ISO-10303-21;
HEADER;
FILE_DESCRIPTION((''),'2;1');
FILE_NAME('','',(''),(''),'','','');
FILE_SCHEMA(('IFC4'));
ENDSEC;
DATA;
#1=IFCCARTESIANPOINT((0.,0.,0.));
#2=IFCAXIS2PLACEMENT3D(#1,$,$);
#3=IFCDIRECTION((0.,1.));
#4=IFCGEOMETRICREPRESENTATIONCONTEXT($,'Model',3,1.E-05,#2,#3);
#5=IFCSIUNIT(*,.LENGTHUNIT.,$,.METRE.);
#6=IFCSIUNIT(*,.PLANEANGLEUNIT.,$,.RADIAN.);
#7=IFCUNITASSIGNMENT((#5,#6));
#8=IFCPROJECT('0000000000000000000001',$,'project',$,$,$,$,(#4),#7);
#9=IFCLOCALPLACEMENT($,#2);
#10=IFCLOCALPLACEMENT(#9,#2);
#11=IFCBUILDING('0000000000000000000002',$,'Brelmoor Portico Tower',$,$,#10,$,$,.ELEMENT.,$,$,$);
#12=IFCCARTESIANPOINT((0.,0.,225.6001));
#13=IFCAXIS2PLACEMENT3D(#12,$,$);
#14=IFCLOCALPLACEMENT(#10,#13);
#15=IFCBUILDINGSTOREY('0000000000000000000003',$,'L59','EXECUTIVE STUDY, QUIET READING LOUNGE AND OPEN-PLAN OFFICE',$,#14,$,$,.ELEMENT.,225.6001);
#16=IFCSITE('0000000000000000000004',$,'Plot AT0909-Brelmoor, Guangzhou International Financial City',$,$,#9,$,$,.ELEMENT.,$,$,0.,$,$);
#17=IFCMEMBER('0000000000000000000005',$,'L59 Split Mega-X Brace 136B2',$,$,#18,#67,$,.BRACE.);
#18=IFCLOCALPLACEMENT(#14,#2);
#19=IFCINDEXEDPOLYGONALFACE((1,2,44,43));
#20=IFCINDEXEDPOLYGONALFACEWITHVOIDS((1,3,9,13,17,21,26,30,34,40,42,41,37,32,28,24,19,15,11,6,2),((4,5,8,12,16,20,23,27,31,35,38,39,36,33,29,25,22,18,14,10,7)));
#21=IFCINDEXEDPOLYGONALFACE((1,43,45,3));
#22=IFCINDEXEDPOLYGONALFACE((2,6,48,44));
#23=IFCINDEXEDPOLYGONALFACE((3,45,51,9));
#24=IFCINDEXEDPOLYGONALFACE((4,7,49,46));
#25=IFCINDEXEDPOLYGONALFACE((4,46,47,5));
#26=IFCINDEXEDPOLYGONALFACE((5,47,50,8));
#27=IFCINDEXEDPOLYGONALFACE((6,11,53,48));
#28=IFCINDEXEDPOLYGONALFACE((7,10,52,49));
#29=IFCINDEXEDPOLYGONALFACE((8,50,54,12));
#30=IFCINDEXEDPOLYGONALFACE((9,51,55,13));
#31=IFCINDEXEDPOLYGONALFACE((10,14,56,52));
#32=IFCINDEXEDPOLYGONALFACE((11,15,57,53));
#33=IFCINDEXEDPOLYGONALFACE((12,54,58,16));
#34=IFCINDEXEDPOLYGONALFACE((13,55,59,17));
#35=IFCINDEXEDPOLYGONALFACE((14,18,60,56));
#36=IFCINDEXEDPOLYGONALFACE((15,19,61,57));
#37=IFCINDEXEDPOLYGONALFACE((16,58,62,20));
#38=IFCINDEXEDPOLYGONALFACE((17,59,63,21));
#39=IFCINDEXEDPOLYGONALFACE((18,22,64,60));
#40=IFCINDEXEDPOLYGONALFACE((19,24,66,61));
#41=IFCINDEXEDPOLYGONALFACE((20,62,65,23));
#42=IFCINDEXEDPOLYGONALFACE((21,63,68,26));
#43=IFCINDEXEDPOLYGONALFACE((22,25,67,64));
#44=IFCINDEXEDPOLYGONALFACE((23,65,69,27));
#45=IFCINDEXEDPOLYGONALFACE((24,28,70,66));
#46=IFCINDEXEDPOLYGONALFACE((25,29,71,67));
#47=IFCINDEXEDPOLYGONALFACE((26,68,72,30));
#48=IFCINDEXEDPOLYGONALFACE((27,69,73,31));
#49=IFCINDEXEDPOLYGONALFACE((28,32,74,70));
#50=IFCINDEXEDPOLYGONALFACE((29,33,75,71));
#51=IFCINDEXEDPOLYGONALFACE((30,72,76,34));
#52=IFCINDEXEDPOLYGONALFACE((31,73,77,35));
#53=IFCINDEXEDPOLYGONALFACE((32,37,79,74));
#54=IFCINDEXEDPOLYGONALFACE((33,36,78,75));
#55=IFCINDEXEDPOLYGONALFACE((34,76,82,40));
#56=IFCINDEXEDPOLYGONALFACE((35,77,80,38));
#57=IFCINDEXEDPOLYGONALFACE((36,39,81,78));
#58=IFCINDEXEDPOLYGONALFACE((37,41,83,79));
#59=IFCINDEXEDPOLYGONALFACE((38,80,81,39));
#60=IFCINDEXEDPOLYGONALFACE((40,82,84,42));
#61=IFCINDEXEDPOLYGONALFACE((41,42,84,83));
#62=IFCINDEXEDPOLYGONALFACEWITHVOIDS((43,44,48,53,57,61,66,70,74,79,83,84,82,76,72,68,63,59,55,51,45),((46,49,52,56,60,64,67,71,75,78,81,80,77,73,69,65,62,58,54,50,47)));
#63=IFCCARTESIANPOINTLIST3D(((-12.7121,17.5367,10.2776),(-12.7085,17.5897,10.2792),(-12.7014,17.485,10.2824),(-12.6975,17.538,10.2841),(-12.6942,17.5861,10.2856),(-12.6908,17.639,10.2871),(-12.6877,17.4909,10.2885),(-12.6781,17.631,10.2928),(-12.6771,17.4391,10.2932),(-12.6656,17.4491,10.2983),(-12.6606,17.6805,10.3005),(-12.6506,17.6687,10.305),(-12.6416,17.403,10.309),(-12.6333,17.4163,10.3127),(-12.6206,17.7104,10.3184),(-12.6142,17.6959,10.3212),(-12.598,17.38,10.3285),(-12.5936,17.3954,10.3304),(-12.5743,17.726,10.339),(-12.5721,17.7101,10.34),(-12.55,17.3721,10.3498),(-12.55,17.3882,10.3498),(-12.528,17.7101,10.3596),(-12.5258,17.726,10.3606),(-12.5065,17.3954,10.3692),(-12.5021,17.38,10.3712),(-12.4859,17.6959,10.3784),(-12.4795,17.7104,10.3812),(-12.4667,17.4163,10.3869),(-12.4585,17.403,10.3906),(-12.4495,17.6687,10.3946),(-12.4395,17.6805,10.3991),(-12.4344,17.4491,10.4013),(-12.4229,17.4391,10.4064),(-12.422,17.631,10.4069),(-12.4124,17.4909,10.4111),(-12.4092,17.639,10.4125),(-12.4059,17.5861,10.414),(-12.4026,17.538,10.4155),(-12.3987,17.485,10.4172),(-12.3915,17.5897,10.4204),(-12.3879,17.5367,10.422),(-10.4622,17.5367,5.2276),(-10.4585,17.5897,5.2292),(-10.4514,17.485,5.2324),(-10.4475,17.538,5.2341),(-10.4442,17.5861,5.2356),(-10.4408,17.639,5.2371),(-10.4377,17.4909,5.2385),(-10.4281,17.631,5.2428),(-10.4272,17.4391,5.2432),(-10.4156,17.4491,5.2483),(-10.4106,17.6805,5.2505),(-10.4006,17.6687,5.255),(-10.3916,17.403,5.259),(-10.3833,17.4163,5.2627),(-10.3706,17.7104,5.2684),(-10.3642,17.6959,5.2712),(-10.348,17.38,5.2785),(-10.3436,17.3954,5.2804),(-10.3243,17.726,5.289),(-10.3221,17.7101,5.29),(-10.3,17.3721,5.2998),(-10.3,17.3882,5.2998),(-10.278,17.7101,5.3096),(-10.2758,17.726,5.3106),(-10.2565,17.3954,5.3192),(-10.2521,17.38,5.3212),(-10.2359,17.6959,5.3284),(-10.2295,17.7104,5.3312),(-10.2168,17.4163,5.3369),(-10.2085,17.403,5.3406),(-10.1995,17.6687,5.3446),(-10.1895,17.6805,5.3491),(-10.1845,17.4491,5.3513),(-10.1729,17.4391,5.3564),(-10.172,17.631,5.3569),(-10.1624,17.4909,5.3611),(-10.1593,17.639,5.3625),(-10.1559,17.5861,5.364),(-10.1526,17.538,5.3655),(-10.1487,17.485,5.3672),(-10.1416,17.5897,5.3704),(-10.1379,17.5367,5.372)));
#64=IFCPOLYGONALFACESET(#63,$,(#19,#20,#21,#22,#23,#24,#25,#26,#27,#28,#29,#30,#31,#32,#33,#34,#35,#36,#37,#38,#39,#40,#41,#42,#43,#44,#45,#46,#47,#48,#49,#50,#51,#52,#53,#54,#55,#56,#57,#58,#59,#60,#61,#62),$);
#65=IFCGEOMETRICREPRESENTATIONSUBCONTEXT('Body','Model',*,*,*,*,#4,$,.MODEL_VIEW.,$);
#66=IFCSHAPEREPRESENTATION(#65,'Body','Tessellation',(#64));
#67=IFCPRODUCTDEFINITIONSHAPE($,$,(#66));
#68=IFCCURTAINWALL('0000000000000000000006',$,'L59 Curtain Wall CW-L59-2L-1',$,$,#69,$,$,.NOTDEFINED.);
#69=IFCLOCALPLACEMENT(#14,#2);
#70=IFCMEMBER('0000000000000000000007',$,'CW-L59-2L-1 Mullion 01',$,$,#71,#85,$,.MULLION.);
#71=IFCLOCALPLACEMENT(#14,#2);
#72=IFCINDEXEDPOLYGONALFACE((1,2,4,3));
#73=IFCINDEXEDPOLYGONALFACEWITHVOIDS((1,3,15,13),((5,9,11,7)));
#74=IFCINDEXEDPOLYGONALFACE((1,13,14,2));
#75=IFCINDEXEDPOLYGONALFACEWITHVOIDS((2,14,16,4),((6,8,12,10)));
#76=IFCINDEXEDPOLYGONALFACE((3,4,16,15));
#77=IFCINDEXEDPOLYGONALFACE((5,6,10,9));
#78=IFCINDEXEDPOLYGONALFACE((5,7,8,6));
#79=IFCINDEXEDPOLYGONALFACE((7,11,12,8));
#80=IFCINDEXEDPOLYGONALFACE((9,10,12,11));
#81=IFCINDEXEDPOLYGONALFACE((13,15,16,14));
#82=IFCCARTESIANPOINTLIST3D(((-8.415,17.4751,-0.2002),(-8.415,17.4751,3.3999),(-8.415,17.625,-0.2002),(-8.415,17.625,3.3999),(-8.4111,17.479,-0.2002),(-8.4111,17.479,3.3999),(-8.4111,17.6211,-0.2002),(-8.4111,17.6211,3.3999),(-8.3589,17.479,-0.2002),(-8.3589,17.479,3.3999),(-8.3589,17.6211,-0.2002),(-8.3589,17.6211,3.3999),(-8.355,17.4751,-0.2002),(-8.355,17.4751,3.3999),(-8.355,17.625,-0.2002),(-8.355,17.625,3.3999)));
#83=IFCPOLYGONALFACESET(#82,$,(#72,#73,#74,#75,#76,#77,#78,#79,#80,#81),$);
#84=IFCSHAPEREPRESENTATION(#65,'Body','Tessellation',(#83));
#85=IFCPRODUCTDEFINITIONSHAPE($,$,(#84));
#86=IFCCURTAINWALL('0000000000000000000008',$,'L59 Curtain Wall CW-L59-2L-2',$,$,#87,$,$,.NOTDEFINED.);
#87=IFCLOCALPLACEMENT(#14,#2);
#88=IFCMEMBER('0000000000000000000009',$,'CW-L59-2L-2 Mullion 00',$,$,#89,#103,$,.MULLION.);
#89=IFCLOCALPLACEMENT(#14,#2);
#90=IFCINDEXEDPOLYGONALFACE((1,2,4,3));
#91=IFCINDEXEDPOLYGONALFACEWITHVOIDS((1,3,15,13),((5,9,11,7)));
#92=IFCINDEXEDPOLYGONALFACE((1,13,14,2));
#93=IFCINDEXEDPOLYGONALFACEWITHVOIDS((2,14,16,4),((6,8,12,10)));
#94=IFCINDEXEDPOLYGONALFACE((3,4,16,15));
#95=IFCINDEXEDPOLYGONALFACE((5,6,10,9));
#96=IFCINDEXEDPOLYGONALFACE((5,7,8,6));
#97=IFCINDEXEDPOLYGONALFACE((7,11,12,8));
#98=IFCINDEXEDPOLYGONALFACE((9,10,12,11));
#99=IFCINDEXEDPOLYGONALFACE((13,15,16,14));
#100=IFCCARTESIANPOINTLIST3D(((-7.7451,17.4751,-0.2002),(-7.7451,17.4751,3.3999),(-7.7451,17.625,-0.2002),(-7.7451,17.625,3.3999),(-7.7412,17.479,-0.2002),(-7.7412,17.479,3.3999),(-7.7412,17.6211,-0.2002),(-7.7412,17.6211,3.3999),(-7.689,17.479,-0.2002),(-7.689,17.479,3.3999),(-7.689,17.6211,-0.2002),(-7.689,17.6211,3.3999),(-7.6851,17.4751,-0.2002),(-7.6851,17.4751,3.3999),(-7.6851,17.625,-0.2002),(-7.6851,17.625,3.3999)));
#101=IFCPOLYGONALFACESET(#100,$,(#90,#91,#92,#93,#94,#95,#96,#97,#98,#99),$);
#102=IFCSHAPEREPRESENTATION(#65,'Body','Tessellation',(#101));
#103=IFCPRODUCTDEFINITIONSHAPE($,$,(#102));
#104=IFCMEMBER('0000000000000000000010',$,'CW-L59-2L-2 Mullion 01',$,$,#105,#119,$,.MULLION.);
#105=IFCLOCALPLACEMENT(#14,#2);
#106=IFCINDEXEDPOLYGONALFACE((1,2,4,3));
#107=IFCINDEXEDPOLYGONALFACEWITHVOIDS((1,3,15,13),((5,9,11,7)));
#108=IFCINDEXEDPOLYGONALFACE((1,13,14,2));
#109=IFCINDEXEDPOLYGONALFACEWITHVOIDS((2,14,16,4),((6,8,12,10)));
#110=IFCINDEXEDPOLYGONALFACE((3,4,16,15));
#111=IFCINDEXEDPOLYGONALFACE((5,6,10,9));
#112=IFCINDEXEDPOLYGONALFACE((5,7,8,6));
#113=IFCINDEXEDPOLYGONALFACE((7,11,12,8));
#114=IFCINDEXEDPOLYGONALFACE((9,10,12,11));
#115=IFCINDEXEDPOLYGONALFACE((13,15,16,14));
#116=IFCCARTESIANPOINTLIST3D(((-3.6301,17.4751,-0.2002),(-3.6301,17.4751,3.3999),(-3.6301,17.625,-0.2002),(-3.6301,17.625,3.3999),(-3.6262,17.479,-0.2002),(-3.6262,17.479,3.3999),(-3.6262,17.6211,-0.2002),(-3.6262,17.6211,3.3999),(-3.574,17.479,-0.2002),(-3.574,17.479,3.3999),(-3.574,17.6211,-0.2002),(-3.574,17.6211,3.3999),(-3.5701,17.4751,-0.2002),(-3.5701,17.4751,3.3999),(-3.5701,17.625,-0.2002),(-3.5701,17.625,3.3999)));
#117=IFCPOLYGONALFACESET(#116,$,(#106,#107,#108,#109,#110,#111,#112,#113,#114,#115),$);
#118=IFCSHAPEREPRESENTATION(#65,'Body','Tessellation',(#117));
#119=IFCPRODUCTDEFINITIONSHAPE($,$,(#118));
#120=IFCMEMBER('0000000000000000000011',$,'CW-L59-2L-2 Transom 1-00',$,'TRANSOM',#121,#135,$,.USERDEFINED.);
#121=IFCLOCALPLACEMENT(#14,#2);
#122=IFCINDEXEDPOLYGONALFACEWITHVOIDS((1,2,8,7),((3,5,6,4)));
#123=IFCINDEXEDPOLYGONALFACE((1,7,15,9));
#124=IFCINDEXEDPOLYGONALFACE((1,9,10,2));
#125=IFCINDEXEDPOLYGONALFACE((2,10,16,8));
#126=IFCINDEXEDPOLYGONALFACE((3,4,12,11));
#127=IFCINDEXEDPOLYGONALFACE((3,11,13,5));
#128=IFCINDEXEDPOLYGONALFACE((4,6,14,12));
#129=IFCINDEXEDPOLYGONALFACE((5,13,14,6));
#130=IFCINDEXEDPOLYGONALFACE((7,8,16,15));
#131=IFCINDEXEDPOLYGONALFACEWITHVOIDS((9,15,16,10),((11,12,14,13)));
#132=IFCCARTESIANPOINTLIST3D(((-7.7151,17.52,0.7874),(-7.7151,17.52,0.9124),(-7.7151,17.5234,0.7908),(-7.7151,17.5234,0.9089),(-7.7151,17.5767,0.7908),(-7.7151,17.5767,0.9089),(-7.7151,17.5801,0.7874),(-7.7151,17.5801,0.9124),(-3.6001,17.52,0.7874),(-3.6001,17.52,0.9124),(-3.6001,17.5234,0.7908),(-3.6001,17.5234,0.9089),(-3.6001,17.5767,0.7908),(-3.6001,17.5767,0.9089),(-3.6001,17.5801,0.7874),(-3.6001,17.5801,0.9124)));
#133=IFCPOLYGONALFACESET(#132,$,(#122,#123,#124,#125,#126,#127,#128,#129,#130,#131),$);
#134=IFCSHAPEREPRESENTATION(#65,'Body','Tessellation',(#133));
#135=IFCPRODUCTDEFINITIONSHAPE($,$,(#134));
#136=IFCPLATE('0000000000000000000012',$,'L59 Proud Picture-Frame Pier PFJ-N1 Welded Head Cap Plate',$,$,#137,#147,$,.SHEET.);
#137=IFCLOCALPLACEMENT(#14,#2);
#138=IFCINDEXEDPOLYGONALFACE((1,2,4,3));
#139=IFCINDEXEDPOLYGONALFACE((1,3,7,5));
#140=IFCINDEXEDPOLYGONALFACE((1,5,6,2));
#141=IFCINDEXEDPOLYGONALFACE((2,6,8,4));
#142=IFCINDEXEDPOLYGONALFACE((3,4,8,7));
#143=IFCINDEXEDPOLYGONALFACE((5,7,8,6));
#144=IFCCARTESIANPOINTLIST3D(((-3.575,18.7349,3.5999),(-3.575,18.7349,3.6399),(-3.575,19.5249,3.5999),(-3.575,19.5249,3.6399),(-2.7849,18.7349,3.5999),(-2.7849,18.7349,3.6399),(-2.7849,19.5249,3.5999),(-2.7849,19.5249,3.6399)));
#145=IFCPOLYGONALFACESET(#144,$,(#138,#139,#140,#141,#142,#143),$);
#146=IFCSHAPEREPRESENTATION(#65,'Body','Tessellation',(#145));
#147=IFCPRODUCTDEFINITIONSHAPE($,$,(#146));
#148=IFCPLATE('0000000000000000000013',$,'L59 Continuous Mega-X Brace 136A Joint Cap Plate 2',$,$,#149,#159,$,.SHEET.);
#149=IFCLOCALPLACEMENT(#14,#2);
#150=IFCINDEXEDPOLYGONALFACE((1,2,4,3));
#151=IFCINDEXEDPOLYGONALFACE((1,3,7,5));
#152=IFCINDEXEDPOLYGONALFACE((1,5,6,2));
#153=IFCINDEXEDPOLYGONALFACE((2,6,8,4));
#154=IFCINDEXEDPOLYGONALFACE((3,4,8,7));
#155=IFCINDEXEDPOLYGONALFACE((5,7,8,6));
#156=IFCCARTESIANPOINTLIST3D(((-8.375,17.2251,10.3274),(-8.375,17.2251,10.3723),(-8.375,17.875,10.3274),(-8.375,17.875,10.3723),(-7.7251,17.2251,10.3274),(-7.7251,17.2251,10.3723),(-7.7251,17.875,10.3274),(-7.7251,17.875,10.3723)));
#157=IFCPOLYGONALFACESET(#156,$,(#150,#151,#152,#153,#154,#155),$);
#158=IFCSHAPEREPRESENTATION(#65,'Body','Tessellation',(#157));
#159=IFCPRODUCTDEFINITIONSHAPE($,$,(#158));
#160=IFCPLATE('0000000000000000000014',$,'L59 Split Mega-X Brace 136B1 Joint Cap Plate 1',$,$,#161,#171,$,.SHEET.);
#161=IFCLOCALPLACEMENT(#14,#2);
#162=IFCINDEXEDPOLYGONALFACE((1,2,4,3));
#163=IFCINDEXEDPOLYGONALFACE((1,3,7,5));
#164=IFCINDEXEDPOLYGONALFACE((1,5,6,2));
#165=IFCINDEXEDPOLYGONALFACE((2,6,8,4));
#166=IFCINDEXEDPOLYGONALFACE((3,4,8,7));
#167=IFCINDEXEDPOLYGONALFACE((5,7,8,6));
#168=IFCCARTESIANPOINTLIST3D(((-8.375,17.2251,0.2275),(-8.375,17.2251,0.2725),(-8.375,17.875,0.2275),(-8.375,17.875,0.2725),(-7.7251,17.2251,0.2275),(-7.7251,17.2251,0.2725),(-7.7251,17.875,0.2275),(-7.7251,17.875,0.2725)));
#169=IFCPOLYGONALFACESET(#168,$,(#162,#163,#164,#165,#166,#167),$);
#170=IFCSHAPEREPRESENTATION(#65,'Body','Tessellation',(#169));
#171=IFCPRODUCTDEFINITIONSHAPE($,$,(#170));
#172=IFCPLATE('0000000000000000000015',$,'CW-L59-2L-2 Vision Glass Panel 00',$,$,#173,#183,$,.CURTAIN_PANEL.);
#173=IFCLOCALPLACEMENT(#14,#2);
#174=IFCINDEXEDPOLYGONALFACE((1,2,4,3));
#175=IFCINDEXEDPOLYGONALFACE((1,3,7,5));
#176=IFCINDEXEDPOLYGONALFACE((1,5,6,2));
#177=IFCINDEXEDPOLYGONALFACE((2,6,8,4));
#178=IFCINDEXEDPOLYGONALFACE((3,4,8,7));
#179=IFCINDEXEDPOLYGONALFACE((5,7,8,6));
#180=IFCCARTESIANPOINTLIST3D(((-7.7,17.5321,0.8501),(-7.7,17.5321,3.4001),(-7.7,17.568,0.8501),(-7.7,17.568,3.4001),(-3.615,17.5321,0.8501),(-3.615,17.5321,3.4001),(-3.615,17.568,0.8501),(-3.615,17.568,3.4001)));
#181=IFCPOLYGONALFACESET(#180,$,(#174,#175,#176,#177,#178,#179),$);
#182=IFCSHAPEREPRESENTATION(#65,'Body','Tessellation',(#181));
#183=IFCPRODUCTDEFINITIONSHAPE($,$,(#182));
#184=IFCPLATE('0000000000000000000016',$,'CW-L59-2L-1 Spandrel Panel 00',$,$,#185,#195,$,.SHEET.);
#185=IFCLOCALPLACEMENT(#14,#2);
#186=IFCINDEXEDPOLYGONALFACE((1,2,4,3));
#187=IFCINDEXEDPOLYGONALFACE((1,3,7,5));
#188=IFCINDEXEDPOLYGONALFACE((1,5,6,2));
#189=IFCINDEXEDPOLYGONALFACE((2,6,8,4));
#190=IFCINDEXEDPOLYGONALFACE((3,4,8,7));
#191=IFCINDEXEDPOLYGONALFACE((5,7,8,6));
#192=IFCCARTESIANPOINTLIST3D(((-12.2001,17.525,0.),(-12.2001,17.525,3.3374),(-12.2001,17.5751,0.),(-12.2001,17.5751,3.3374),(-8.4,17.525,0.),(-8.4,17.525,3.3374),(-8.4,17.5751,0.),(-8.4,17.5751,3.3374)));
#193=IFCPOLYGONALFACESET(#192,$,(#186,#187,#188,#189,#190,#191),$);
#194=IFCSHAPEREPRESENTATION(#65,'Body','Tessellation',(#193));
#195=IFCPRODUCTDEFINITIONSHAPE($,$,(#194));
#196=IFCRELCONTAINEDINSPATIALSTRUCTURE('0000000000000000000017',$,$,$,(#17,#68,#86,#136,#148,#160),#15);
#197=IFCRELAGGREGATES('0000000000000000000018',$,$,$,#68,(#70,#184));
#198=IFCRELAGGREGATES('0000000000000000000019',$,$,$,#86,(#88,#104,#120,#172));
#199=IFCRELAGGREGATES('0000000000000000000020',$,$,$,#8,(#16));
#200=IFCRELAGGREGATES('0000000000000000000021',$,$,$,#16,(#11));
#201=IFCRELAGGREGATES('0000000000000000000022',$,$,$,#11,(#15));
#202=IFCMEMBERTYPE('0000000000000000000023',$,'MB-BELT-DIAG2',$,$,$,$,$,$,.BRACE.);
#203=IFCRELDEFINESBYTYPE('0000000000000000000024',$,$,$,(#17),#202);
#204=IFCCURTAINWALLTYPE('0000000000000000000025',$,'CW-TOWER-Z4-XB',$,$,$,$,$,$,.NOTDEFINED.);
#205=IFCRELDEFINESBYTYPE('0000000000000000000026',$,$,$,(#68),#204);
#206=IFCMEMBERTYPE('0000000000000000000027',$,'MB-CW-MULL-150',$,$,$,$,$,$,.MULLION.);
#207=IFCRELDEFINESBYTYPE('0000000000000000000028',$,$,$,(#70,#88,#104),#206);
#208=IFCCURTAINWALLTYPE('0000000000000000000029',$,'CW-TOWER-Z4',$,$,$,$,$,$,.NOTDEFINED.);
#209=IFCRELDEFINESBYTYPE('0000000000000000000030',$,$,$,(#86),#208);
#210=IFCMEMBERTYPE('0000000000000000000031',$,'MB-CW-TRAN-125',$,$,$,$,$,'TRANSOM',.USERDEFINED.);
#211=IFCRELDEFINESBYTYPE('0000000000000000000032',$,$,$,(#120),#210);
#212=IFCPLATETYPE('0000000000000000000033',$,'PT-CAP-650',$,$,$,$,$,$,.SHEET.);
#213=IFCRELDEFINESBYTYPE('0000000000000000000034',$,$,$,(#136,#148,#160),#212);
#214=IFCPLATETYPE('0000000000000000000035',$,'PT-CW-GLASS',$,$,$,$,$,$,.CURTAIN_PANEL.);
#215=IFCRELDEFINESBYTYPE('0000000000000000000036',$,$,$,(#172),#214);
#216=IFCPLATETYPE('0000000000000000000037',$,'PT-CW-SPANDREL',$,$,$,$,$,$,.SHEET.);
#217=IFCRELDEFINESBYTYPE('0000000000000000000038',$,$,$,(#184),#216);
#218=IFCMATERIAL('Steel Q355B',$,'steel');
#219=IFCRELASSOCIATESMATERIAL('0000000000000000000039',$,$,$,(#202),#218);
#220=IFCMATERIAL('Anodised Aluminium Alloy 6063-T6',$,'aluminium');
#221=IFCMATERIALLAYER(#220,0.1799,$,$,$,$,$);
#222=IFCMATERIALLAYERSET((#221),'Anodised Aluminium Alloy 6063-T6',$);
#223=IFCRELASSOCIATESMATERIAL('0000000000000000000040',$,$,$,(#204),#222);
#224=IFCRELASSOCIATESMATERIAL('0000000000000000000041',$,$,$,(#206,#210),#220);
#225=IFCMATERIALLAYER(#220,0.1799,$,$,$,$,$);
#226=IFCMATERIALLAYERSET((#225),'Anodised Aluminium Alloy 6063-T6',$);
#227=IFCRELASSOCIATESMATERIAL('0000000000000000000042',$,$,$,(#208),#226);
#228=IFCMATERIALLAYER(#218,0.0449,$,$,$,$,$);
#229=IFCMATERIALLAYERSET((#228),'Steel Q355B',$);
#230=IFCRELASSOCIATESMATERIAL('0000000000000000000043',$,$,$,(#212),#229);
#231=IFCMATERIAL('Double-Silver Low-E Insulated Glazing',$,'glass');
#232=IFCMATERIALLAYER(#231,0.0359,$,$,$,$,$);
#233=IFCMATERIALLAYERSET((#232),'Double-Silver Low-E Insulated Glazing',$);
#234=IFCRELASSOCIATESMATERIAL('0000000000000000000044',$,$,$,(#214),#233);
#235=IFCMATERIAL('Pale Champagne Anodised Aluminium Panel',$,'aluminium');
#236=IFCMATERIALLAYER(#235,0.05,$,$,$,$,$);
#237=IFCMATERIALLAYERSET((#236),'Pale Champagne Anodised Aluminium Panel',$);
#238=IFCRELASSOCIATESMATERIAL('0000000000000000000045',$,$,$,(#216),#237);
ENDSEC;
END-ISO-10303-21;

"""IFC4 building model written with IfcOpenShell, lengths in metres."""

from ifc_helpers import new_model, si_unit, direction, frame, origin, origin_2d, place, context, subcontext, project, spatial, rectangle, hollow_rectangle, hollow_circle, extrude, material, layer, layer_set, material_profile, profile_set, type_object, element, aggregate, save


model = new_model("IFC4")

# Units and contexts
model_context = context("Model", 3, precision=1e-05, world=origin(), true_north=direction((0.0, 1.0)))
body_context = subcontext(model_context, "Body", "Model", "MODEL_VIEW")
ifc_project = project(units=[si_unit("LENGTHUNIT", "METRE"), si_unit("PLANEANGLEUNIT", "RADIAN")], contexts=[model_context])

# Site, building, storey
site_placement = place(None, origin())
site = spatial("IfcSite", under=ifc_project, at=site_placement, Name="Plot AT0909-Brelmoor, Guangzhou International Financial City", CompositionType="ELEMENT", RefElevation=0.0)
building_placement = place(site_placement, origin())
building = spatial("IfcBuilding", under=site, at=building_placement, Name="Brelmoor Portico Tower", CompositionType="ELEMENT")
storey_placement = place(building_placement, frame((0.0, 0.0, 225.6001)))
storey = spatial("IfcBuildingStorey", under=building, at=storey_placement, Name="L59", Description="EXECUTIVE STUDY, QUIET READING LOUNGE AND OPEN-PLAN OFFICE", CompositionType="ELEMENT", Elevation=225.6001)

# Shared definitions
ifc_material_1 = material(Name="Steel Q355B", Category="steel")

# Member
ifc_material_profile_1 = material_profile(ifc_material_1, hollow_circle(Radius=0.178, WallThickness=0.0161, at=origin_2d()), Name="CHS 356x16")
ifc_profile_set_1 = profile_set([ifc_material_profile_1], Name="Steel Q355B")
member_type_1 = type_object("IfcMemberType", Name="MB-BELT-DIAG2", PredefinedType="BRACE", material=ifc_profile_set_1)
member_1_placement = place(storey_placement, frame((-10.3, 17.55, 5.2998), z_axis=(-0.406974, 0.0, 0.91344), x_axis=(0.0, -1.0, 0.0)))
element("IfcMember", 1, at=member_1_placement, inside=storey, type_object=member_type_1, Name="L59 Split Mega-X Brace 136B2", PredefinedType="BRACE", context=body_context, shape_type="SweptSolid", body=[
    extrude(hollow_circle(Radius=0.178, WallThickness=0.0161, at=origin_2d()), origin(), (0.0, 0.0, 1.0), 5.5286),
])

# Curtain wall, member
ifc_material_2 = material(Name="Anodised Aluminium Alloy 6063-T6", Category="aluminium")
ifc_layer_1 = layer(ifc_material_2, 0.1799)
ifc_layer_set_1 = layer_set([ifc_layer_1], Name="Anodised Aluminium Alloy 6063-T6")
curtain_wall_type_1 = type_object("IfcCurtainWallType", Name="CW-TOWER-Z4-XB", PredefinedType="NOTDEFINED", material=ifc_layer_set_1)
curtain_wall_1_placement = place(storey_placement, origin())
curtain_wall_1 = element("IfcCurtainWall", 2, at=curtain_wall_1_placement, inside=storey, type_object=curtain_wall_type_1, Name="L59 Curtain Wall CW-L59-2L-1", PredefinedType="NOTDEFINED")
ifc_material_profile_2 = material_profile(ifc_material_2, hollow_rectangle(XDim=0.0601, YDim=0.1499, WallThickness=0.0039, at=origin_2d()), Name="ALU MULLION 60x150")
ifc_profile_set_2 = profile_set([ifc_material_profile_2], Name="Anodised Aluminium Alloy 6063-T6")
member_type_2 = type_object("IfcMemberType", Name="MB-CW-MULL-150", PredefinedType="MULLION", material=ifc_profile_set_2)
member_2_placement = place(storey_placement, frame((-8.385, 17.55, -0.2002), z_axis=(0.0, 0.0, 1.0), x_axis=(1.0, 0.0, 0.0)))
member_2 = element("IfcMember", 3, at=member_2_placement, type_object=member_type_2, Name="CW-L59-2L-1 Mullion 01", PredefinedType="MULLION", context=body_context, shape_type="SweptSolid", body=[
    extrude(hollow_rectangle(XDim=0.0601, YDim=0.1499, WallThickness=0.0039, at=origin_2d()), origin(), (0.0, 0.0, 1.0), 3.6001),
])

# Curtain wall, members
ifc_layer_2 = layer(ifc_material_2, 0.1799)
ifc_layer_set_2 = layer_set([ifc_layer_2], Name="Anodised Aluminium Alloy 6063-T6")
curtain_wall_type_2 = type_object("IfcCurtainWallType", Name="CW-TOWER-Z4", PredefinedType="NOTDEFINED", material=ifc_layer_set_2)
curtain_wall_2_placement = place(storey_placement, origin())
curtain_wall_2 = element("IfcCurtainWall", 4, at=curtain_wall_2_placement, inside=storey, type_object=curtain_wall_type_2, Name="L59 Curtain Wall CW-L59-2L-2", PredefinedType="NOTDEFINED")
member_3_placement = place(storey_placement, frame((-7.7151, 17.55, -0.2002), z_axis=(0.0, 0.0, 1.0), x_axis=(1.0, 0.0, 0.0)))
member_3 = element("IfcMember", 5, at=member_3_placement, type_object=member_type_2, Name="CW-L59-2L-2 Mullion 00", PredefinedType="MULLION", context=body_context, shape_type="SweptSolid", body=[
    extrude(hollow_rectangle(XDim=0.0601, YDim=0.1499, WallThickness=0.0039, at=origin_2d()), origin(), (0.0, 0.0, 1.0), 3.6001),
])
member_4_placement = place(storey_placement, frame((-3.6001, 17.55, -0.2002), z_axis=(0.0, 0.0, 1.0), x_axis=(1.0, 0.0, 0.0)))
member_4 = element("IfcMember", 6, at=member_4_placement, type_object=member_type_2, Name="CW-L59-2L-2 Mullion 01", PredefinedType="MULLION", context=body_context, shape_type="SweptSolid", body=[
    extrude(hollow_rectangle(XDim=0.0601, YDim=0.1499, WallThickness=0.0039, at=origin_2d()), origin(), (0.0, 0.0, 1.0), 3.6001),
])
ifc_material_profile_3 = material_profile(ifc_material_2, hollow_rectangle(XDim=0.0601, YDim=0.125, WallThickness=0.0034, at=origin_2d()), Name="ALU TRANSOM 60x125")
ifc_profile_set_3 = profile_set([ifc_material_profile_3], Name="Anodised Aluminium Alloy 6063-T6")
member_type_3 = type_object("IfcMemberType", Name="MB-CW-TRAN-125", ElementType="TRANSOM", PredefinedType="USERDEFINED", material=ifc_profile_set_3)
member_5_placement = place(storey_placement, frame((-7.7151, 17.55, 0.8499), z_axis=(1.0, 0.0, 0.0), x_axis=(0.0, 1.0, 0.0)))
member_5 = element("IfcMember", 7, at=member_5_placement, type_object=member_type_3, Name="CW-L59-2L-2 Transom 1-00", ObjectType="TRANSOM", PredefinedType="USERDEFINED", context=body_context, shape_type="SweptSolid", body=[
    extrude(hollow_rectangle(XDim=0.0601, YDim=0.125, WallThickness=0.0034, at=origin_2d()), origin(), (0.0, 0.0, 1.0), 4.115),
])

# Plates
ifc_layer_3 = layer(ifc_material_1, 0.0449)
ifc_layer_set_3 = layer_set([ifc_layer_3], Name="Steel Q355B")
plate_type_1 = type_object("IfcPlateType", Name="PT-CAP-650", PredefinedType="SHEET", material=ifc_layer_set_3)
plate_1_placement = place(storey_placement, frame((-3.1799, 19.1299, 3.5999), z_axis=(0.0, 0.0, 1.0), x_axis=(1.0, 0.0, 0.0)))
element("IfcPlate", 8, at=plate_1_placement, inside=storey, type_object=plate_type_1, Name="L59 Proud Picture-Frame Pier PFJ-N1 Welded Head Cap Plate", PredefinedType="SHEET", context=body_context, shape_type="SweptSolid", body=[
    extrude(rectangle(XDim=0.79, YDim=0.79, at=origin_2d()), origin(), (0.0, 0.0, 1.0), 0.04),
])
for number, where, z_axis, x_axis, name in (
    (9, (-8.05, 17.55, 10.3274), (0.0, 0.0, 1.0), (1.0, 0.0, 0.0), "L59 Continuous Mega-X Brace 136A Joint Cap Plate 2"),
    (10, (-8.05, 17.55, 0.2275), (0.0, 0.0, 1.0), (1.0, 0.0, 0.0), "L59 Split Mega-X Brace 136B1 Joint Cap Plate 1"),
):
    element("IfcPlate", number, at=place(storey_placement, frame(where, z_axis=z_axis, x_axis=x_axis)), inside=storey, type_object=plate_type_1, Name=name, PredefinedType="SHEET", context=body_context, shape_type="SweptSolid", body=[
        extrude(rectangle(XDim=0.6499, YDim=0.6499, at=origin_2d()), origin(), (0.0, 0.0, 1.0), 0.0449),
    ])

# Plates
ifc_material_3 = material(Name="Double-Silver Low-E Insulated Glazing", Category="glass")
ifc_layer_4 = layer(ifc_material_3, 0.0359)
ifc_layer_set_4 = layer_set([ifc_layer_4], Name="Double-Silver Low-E Insulated Glazing")
plate_type_2 = type_object("IfcPlateType", Name="PT-CW-GLASS", PredefinedType="CURTAIN_PANEL", material=ifc_layer_set_4)
plate_2_placement = place(storey_placement, frame((-5.6575, 17.55, 0.8501), z_axis=(0.0, 0.0, 1.0), x_axis=(1.0, 0.0, 0.0)))
plate_2 = element("IfcPlate", 11, at=plate_2_placement, type_object=plate_type_2, Name="CW-L59-2L-2 Vision Glass Panel 00", PredefinedType="CURTAIN_PANEL", context=body_context, shape_type="SweptSolid", body=[
    extrude(rectangle(XDim=4.085, YDim=0.0359, at=origin_2d()), origin(), (0.0, 0.0, 1.0), 2.55),
])
ifc_material_4 = material(Name="Pale Champagne Anodised Aluminium Panel", Category="aluminium")
ifc_layer_5 = layer(ifc_material_4, 0.05)
ifc_layer_set_5 = layer_set([ifc_layer_5], Name="Pale Champagne Anodised Aluminium Panel")
plate_type_3 = type_object("IfcPlateType", Name="PT-CW-SPANDREL", PredefinedType="SHEET", material=ifc_layer_set_5)
plate_3_placement = place(storey_placement, frame((-10.3, 17.55, 0.0), z_axis=(0.0, 0.0, 1.0), x_axis=(1.0, 0.0, 0.0)))
plate_3 = element("IfcPlate", 12, at=plate_3_placement, type_object=plate_type_3, Name="CW-L59-2L-1 Spandrel Panel 00", PredefinedType="SHEET", context=body_context, shape_type="SweptSolid", body=[
    extrude(rectangle(XDim=3.8, YDim=0.05, at=origin_2d()), origin(), (0.0, 0.0, 1.0), 3.3374),
])
aggregate(curtain_wall_1, [member_2, plate_3])
aggregate(curtain_wall_2, [member_3, member_4, member_5, plate_2])

save(model, "model.ifc")
